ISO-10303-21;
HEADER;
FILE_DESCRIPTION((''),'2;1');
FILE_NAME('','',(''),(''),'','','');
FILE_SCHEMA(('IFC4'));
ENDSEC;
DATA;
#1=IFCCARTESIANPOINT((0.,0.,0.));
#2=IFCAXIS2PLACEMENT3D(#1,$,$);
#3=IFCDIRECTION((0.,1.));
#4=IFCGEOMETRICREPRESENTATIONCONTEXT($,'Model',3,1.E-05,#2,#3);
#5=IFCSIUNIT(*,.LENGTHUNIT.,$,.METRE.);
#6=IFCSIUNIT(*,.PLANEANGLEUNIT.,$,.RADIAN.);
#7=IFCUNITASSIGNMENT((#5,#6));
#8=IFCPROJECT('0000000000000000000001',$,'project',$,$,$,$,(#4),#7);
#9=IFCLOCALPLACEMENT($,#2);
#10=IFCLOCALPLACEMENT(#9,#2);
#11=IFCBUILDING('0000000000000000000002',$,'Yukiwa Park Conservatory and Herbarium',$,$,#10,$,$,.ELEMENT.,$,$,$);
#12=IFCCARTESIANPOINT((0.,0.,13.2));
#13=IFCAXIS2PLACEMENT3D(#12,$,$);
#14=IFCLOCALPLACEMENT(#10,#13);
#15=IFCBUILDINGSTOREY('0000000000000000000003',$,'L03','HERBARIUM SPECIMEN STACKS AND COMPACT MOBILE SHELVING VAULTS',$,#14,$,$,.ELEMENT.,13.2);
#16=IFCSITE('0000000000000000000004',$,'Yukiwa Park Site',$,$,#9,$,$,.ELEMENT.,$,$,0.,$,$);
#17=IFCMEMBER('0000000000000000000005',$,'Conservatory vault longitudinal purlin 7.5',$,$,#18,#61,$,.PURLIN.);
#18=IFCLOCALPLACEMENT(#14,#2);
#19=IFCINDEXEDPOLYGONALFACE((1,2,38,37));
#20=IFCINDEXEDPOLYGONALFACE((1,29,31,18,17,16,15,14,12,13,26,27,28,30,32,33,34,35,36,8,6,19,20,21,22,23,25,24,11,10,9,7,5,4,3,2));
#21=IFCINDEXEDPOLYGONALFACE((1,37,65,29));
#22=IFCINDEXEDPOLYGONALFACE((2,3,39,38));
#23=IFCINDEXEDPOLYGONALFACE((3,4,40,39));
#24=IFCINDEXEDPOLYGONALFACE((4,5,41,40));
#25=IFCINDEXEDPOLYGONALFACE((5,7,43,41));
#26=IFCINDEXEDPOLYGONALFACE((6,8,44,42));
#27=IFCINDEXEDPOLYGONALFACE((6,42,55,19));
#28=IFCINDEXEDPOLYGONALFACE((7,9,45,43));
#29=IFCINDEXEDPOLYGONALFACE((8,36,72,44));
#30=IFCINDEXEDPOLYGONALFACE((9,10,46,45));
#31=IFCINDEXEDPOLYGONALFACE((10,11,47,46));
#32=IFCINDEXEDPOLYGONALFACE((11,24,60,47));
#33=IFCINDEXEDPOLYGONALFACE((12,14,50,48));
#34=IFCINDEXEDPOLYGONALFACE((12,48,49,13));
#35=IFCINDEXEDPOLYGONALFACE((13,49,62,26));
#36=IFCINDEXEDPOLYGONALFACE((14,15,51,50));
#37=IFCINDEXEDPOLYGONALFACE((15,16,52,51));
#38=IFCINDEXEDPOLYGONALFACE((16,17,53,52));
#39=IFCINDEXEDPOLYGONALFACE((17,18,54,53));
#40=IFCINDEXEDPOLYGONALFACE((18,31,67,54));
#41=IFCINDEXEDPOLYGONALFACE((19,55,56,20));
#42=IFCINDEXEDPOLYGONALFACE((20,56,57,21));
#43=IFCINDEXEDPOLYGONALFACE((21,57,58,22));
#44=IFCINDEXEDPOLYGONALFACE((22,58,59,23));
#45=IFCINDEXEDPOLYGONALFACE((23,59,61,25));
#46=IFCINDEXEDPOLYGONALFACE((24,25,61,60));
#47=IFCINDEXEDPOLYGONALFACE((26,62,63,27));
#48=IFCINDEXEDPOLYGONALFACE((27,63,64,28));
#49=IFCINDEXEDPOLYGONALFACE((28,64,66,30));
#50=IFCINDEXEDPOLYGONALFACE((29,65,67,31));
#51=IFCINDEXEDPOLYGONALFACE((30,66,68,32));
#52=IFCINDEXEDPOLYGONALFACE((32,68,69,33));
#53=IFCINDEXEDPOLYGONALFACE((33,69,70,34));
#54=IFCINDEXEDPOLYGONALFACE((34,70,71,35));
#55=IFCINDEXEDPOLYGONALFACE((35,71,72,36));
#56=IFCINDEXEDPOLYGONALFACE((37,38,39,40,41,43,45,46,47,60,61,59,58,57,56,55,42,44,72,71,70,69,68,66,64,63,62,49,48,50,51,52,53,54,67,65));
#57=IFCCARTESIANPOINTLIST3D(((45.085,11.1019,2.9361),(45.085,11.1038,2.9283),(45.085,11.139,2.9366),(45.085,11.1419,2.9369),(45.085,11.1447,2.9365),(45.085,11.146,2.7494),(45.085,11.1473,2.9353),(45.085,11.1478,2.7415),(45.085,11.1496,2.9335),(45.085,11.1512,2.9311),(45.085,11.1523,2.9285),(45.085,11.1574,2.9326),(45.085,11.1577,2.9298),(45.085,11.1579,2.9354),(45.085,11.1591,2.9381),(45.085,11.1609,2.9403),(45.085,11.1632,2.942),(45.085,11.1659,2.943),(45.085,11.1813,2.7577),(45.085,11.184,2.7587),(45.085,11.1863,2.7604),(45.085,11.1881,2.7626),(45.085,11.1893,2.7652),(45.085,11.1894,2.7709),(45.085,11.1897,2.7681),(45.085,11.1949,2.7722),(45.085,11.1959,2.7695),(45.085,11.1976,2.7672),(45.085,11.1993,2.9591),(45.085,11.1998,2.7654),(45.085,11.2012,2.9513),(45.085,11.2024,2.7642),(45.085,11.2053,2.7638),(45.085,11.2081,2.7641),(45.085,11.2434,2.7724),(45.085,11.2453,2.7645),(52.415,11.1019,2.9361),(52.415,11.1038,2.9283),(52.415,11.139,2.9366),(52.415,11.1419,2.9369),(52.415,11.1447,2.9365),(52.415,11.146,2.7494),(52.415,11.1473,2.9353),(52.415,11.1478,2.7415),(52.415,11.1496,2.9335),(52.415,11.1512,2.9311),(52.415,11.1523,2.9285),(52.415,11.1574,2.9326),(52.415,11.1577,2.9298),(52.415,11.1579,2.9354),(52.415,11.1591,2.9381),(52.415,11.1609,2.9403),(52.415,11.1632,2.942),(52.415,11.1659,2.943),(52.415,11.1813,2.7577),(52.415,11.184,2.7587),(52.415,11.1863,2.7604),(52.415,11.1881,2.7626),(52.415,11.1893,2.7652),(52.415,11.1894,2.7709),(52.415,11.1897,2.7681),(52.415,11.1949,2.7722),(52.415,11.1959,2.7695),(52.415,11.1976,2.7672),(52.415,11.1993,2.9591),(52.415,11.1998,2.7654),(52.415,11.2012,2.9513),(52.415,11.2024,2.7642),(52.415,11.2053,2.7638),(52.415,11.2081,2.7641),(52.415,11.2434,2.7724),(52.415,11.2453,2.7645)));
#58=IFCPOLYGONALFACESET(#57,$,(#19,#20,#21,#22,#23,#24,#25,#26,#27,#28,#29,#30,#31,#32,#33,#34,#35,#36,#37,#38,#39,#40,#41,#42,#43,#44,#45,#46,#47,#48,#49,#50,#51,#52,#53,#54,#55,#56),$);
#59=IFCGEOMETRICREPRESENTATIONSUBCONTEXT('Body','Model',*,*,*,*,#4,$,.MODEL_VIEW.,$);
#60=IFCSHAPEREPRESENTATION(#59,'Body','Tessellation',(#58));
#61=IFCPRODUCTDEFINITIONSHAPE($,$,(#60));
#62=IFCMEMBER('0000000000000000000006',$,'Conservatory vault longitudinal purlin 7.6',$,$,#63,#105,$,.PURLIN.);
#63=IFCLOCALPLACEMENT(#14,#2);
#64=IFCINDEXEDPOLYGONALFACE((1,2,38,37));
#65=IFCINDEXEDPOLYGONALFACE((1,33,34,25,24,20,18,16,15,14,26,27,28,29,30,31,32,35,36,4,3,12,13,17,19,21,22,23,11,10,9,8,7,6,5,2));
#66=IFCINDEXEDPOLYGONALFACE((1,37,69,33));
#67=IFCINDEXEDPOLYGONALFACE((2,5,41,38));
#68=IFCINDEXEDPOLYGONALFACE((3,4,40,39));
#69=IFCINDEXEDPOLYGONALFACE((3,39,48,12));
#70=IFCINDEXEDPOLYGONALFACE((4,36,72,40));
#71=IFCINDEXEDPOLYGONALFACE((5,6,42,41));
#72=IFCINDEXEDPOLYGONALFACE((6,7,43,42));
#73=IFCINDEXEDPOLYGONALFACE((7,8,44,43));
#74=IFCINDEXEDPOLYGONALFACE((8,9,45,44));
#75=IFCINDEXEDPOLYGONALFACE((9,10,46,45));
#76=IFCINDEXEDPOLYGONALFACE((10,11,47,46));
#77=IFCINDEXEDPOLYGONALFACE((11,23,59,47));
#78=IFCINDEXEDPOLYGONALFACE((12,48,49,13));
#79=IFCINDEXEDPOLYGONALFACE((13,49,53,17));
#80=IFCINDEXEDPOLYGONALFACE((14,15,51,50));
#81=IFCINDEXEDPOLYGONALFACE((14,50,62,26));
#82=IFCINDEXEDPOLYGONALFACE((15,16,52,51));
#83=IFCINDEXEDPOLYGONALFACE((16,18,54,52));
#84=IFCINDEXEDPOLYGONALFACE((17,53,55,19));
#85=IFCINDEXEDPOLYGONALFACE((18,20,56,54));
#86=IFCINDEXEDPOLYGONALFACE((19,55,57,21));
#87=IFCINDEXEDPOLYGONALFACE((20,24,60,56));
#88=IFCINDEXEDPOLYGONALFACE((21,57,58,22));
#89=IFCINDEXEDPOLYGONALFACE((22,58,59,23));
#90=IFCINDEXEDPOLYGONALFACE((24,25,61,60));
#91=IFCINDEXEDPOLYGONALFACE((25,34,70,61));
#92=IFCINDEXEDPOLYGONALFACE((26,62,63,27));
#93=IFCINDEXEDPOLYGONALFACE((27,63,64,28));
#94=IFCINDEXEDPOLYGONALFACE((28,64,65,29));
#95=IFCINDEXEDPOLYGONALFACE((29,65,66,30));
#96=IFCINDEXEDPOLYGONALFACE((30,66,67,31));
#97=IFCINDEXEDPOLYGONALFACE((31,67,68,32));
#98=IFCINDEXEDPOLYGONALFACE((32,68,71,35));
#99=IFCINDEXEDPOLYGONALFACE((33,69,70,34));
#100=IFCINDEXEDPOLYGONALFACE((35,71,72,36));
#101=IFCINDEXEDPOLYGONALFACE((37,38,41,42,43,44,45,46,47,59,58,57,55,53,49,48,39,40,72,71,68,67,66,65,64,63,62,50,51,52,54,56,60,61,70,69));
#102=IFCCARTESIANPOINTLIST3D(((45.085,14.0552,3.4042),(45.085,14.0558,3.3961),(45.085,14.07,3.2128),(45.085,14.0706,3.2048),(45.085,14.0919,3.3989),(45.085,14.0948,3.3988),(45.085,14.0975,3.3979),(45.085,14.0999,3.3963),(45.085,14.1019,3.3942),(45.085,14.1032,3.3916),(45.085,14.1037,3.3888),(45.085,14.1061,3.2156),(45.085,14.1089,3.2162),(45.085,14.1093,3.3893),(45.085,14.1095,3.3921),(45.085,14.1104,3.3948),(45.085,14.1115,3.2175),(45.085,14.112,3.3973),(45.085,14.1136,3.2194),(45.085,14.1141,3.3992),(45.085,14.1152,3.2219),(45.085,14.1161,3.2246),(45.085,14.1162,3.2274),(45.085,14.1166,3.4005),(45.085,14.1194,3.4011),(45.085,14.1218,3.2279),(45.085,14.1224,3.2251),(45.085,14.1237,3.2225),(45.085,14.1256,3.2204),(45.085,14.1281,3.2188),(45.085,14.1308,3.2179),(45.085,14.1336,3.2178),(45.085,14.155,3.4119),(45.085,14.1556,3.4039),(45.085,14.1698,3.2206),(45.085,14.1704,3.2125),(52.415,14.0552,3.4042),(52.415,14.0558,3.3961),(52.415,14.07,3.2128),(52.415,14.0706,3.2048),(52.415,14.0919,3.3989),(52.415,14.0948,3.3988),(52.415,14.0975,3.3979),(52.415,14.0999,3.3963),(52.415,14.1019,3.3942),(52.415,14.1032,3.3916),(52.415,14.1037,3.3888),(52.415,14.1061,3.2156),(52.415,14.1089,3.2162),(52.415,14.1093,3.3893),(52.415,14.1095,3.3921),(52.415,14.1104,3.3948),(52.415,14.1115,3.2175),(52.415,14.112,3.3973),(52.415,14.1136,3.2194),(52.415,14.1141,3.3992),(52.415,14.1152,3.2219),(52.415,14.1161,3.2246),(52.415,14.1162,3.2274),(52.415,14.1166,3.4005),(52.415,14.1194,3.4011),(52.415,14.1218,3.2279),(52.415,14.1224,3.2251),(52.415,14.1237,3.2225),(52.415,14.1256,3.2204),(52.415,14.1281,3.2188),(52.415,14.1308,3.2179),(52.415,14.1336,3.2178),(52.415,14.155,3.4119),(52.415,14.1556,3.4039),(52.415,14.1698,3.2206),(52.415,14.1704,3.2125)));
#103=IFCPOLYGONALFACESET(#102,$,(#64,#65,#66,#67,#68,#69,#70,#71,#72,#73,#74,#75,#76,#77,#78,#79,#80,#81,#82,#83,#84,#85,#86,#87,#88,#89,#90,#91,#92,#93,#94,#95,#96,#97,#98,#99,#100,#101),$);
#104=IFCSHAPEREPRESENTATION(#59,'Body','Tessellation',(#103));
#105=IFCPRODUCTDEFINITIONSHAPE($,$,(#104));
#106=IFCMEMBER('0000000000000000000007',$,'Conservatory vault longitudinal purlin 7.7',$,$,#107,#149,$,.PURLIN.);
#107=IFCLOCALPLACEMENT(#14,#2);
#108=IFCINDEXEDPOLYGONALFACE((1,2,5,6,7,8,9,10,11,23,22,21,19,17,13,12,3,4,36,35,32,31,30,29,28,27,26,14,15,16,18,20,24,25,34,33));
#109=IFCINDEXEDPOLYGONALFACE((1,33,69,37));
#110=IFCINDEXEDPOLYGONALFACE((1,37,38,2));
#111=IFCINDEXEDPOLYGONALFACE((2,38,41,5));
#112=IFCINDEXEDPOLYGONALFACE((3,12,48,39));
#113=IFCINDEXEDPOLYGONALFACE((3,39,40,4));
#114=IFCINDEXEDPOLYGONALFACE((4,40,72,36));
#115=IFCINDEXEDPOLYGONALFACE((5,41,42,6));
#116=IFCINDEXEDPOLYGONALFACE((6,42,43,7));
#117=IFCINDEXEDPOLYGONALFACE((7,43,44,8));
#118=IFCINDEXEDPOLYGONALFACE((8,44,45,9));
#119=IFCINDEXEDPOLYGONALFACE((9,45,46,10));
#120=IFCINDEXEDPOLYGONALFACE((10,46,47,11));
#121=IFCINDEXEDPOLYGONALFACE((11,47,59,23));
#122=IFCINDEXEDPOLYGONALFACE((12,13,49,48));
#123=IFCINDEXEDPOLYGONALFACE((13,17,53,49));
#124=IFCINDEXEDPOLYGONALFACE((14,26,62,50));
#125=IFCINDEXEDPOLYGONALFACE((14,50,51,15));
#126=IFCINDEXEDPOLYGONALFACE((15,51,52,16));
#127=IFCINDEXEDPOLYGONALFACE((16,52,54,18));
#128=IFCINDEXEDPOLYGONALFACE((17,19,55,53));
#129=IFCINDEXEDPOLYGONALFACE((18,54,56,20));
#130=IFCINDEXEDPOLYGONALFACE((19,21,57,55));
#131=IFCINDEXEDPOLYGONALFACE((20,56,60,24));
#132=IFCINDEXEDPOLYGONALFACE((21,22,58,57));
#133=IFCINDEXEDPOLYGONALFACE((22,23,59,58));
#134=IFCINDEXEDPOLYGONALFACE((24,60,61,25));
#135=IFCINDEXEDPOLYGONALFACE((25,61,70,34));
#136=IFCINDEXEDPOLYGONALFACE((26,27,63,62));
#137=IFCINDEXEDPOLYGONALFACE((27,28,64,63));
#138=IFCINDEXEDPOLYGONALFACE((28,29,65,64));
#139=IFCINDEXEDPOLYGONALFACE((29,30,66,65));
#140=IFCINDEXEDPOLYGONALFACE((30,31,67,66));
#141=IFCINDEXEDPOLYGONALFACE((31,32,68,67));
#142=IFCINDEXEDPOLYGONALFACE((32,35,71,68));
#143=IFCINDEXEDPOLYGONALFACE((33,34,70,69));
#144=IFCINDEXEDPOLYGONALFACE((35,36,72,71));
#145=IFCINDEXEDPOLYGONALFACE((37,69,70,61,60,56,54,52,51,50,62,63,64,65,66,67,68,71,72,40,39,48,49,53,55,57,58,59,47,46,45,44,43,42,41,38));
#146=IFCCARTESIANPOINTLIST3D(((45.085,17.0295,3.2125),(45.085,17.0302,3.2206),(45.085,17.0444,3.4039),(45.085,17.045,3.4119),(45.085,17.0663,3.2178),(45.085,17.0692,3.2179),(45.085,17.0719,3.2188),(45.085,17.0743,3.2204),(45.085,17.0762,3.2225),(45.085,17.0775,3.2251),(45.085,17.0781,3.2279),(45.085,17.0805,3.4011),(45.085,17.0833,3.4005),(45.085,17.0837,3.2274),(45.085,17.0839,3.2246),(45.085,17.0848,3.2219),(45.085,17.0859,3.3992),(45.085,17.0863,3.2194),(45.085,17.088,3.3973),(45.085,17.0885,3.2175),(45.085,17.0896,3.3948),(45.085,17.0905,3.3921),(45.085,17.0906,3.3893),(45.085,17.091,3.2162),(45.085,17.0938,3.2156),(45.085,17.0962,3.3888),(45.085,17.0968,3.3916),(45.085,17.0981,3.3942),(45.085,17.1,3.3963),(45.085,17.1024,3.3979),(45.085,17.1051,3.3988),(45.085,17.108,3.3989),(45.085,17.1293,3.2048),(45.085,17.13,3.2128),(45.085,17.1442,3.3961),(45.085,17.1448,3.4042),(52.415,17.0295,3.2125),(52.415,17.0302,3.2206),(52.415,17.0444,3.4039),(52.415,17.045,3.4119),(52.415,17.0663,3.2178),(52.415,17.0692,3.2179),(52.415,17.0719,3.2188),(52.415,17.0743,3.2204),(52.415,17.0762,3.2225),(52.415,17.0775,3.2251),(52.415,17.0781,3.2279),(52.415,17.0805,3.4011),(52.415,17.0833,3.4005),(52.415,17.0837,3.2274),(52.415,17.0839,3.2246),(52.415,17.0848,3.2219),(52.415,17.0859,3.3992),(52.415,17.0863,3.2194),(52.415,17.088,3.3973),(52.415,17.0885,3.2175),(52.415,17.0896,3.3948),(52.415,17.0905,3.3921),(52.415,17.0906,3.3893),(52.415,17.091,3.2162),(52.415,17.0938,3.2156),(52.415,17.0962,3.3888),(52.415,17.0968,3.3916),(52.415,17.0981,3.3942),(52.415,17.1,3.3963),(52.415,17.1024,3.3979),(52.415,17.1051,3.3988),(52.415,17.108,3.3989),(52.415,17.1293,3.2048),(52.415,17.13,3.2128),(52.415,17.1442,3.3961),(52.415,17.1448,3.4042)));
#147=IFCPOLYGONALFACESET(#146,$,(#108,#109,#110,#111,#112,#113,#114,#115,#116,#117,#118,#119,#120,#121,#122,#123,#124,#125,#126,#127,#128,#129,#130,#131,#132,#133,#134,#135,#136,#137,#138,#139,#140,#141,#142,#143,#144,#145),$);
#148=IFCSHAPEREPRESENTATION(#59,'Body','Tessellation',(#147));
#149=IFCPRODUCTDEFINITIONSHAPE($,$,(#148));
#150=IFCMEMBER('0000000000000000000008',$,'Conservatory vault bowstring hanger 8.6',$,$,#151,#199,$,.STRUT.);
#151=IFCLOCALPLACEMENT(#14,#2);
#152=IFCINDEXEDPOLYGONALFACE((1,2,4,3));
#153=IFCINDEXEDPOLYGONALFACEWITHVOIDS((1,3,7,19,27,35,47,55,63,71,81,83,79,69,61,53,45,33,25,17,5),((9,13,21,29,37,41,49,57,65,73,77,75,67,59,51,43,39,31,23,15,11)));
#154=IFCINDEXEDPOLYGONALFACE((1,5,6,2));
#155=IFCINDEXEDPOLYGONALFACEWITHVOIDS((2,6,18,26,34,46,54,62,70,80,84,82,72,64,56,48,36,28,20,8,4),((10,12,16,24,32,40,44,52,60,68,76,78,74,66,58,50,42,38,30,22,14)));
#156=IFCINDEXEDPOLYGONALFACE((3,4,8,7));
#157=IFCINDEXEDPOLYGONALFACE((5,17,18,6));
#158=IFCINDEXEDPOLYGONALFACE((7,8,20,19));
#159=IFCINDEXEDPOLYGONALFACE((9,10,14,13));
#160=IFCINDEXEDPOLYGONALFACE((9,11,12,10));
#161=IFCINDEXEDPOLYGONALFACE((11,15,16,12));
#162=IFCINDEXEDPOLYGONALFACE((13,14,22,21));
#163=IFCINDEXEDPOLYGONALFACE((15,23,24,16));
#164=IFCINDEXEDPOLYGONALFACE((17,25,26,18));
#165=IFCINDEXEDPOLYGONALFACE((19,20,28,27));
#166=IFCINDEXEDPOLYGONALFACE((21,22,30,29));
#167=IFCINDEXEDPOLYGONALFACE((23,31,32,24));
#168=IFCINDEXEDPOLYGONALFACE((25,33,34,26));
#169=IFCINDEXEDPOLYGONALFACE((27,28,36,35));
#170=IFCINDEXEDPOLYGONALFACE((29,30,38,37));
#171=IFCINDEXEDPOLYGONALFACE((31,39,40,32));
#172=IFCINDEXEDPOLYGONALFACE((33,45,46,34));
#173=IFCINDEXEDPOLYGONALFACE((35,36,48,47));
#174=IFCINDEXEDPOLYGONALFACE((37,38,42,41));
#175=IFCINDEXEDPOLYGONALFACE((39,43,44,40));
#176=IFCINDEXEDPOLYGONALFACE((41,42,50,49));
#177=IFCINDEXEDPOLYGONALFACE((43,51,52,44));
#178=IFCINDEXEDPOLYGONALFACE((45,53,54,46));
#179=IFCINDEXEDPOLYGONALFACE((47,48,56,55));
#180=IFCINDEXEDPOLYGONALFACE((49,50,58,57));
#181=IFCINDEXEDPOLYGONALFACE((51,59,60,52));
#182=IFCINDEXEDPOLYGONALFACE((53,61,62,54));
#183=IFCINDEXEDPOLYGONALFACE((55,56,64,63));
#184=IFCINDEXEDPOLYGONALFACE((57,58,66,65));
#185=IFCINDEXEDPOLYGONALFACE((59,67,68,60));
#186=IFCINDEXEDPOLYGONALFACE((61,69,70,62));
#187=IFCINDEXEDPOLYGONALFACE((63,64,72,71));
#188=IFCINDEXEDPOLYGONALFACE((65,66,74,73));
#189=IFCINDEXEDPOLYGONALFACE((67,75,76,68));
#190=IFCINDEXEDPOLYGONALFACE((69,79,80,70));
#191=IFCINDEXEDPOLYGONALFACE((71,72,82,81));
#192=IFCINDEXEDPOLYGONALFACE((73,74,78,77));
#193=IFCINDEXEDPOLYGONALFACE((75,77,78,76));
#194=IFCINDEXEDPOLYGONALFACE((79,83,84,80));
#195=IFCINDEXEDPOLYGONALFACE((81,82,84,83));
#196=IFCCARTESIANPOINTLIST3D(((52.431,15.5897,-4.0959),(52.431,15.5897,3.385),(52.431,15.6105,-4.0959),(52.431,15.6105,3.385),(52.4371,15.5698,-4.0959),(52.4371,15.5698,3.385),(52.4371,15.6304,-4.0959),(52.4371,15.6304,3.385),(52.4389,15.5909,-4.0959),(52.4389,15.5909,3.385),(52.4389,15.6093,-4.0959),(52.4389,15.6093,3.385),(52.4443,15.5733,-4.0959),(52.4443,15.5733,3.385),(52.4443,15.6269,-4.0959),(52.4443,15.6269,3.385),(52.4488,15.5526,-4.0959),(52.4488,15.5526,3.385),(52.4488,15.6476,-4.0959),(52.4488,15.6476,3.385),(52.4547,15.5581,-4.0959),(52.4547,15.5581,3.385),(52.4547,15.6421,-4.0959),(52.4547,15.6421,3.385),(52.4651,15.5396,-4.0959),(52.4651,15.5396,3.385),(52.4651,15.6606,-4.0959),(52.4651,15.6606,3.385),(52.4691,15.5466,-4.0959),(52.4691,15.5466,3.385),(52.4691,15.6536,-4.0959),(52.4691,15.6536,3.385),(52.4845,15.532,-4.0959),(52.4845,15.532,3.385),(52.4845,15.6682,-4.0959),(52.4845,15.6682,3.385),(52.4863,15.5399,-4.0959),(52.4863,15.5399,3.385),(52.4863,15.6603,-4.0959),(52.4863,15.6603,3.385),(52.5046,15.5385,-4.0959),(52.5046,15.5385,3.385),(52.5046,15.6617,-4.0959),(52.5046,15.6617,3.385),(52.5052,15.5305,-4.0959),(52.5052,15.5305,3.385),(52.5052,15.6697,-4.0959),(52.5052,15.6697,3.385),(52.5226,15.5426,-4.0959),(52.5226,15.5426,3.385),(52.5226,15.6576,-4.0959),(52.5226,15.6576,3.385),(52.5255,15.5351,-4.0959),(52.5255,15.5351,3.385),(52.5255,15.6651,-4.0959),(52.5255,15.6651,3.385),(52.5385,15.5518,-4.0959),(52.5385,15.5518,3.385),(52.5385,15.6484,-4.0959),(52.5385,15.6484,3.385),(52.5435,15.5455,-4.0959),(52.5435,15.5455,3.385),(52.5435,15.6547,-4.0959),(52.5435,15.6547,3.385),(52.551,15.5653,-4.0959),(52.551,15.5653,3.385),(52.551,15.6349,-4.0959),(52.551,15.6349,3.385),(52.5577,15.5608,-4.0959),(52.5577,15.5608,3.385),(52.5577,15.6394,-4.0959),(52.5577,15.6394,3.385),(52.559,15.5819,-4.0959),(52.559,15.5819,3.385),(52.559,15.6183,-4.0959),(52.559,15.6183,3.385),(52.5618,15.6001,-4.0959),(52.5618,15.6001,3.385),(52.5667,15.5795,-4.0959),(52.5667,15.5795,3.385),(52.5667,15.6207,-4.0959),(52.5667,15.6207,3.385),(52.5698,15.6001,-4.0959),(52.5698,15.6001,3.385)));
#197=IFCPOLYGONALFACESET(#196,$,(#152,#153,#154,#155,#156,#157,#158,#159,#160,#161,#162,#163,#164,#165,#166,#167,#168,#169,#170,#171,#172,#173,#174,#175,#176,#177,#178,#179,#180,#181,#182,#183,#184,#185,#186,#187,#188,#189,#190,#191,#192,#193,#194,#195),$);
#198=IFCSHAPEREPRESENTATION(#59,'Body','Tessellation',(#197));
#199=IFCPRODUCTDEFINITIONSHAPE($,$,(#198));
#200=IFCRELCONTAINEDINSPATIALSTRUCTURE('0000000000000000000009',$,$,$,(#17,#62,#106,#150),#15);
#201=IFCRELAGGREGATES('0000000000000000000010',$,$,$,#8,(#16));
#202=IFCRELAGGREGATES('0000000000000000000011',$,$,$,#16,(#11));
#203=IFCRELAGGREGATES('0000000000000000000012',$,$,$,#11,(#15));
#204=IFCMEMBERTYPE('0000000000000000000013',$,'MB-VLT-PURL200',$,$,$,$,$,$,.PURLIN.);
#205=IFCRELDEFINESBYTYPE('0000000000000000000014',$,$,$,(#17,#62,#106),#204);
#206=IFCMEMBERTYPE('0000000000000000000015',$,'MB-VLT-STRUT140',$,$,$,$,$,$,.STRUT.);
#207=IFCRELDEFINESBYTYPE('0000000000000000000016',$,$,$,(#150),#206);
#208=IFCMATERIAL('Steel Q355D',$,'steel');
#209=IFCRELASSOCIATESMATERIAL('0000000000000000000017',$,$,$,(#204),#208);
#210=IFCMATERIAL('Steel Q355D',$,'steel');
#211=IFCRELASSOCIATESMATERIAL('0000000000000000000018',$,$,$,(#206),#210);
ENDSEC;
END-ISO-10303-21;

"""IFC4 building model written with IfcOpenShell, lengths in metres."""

from ifc_helpers import new_model, si_unit, direction, frame, origin, origin_2d, place, context, subcontext, project, spatial, hollow_circle, i_section, extrude, material, material_profile, profile_set, type_object, element, save


model = new_model("IFC4")

# Units and contexts
model_context = context("Model", 3, precision=1e-05, world=origin(), true_north=direction((0.0, 1.0)))
body_context = subcontext(model_context, "Body", "Model", "MODEL_VIEW")
ifc_project = project(units=[si_unit("LENGTHUNIT", "METRE"), si_unit("PLANEANGLEUNIT", "RADIAN")], contexts=[model_context])

# Site, building, storey
site_placement = place(None, origin())
site = spatial("IfcSite", under=ifc_project, at=site_placement, Name="Yukiwa Park Site", CompositionType="ELEMENT", RefElevation=0.0)
building_placement = place(site_placement, origin())
building = spatial("IfcBuilding", under=site, at=building_placement, Name="Yukiwa Park Conservatory and Herbarium", CompositionType="ELEMENT")
storey_placement = place(building_placement, frame((0.0, 0.0, 13.2)))
storey = spatial("IfcBuildingStorey", under=building, at=storey_placement, Name="L03", Description="HERBARIUM SPECIMEN STACKS AND COMPACT MOBILE SHELVING VAULTS", CompositionType="ELEMENT", Elevation=13.2)

# Members
ifc_material_1 = material(Name="Steel Q355D", Category="steel")
ifc_material_profile_1 = material_profile(ifc_material_1, i_section(OverallWidth=0.1001, OverallDepth=0.2, WebThickness=0.0056, FlangeThickness=0.0081, FilletRadius=0.011, at=origin_2d()), Name="HN 200x100x5.5x8")
ifc_profile_set_1 = profile_set([ifc_material_profile_1], Name="Steel Q355D")
member_type_1 = type_object("IfcMemberType", Name="MB-VLT-PURL200", PredefinedType="PURLIN", material=ifc_profile_set_1)
for number, where, z_axis, x_axis, name in (
    (1, (45.085, 11.1736, 2.8503), (1.0, 0.0, 0.0), (0.0, 0.973249, 0.229752), "Conservatory vault longitudinal purlin 7.5"),
    (2, (45.085, 14.1128, 3.3083), (1.0, 0.0, 0.0), (0.0, 0.997016, 0.077198), "Conservatory vault longitudinal purlin 7.6"),
    (3, (45.085, 17.0872, 3.3083), (1.0, 0.0, 0.0), (0.0, 0.997016, -0.077198), "Conservatory vault longitudinal purlin 7.7"),
):
    element("IfcMember", number, at=place(storey_placement, frame(where, z_axis=z_axis, x_axis=x_axis)), inside=storey, type_object=member_type_1, Name=name, PredefinedType="PURLIN", context=body_context, shape_type="SweptSolid", body=[
        extrude(i_section(OverallWidth=0.1001, OverallDepth=0.2, WebThickness=0.0056, FlangeThickness=0.0081, FilletRadius=0.011, at=origin_2d()), origin(), (0.0, 0.0, 1.0), 7.3301),
    ])
ifc_material_2 = material(Name="Steel Q355D", Category="steel")
ifc_material_profile_2 = material_profile(ifc_material_2, hollow_circle(Radius=0.0698, WallThickness=0.0081, at=origin_2d()), Name="CHS 139.7x8")
ifc_profile_set_2 = profile_set([ifc_material_profile_2], Name="Steel Q355D")
member_type_2 = type_object("IfcMemberType", Name="MB-VLT-STRUT140", PredefinedType="STRUT", material=ifc_profile_set_2)
member_placement = place(storey_placement, frame((52.5, 15.6001, -4.0959), z_axis=(0.0, 0.0, 1.0), x_axis=(1.0, 0.0, 0.0)))
element("IfcMember", 4, at=member_placement, inside=storey, type_object=member_type_2, Name="Conservatory vault bowstring hanger 8.6", PredefinedType="STRUT", context=body_context, shape_type="SweptSolid", body=[
    extrude(hollow_circle(Radius=0.0698, WallThickness=0.0081, at=origin_2d()), origin(), (0.0, 0.0, 1.0), 7.481),
])

save(model, "model.ifc")
